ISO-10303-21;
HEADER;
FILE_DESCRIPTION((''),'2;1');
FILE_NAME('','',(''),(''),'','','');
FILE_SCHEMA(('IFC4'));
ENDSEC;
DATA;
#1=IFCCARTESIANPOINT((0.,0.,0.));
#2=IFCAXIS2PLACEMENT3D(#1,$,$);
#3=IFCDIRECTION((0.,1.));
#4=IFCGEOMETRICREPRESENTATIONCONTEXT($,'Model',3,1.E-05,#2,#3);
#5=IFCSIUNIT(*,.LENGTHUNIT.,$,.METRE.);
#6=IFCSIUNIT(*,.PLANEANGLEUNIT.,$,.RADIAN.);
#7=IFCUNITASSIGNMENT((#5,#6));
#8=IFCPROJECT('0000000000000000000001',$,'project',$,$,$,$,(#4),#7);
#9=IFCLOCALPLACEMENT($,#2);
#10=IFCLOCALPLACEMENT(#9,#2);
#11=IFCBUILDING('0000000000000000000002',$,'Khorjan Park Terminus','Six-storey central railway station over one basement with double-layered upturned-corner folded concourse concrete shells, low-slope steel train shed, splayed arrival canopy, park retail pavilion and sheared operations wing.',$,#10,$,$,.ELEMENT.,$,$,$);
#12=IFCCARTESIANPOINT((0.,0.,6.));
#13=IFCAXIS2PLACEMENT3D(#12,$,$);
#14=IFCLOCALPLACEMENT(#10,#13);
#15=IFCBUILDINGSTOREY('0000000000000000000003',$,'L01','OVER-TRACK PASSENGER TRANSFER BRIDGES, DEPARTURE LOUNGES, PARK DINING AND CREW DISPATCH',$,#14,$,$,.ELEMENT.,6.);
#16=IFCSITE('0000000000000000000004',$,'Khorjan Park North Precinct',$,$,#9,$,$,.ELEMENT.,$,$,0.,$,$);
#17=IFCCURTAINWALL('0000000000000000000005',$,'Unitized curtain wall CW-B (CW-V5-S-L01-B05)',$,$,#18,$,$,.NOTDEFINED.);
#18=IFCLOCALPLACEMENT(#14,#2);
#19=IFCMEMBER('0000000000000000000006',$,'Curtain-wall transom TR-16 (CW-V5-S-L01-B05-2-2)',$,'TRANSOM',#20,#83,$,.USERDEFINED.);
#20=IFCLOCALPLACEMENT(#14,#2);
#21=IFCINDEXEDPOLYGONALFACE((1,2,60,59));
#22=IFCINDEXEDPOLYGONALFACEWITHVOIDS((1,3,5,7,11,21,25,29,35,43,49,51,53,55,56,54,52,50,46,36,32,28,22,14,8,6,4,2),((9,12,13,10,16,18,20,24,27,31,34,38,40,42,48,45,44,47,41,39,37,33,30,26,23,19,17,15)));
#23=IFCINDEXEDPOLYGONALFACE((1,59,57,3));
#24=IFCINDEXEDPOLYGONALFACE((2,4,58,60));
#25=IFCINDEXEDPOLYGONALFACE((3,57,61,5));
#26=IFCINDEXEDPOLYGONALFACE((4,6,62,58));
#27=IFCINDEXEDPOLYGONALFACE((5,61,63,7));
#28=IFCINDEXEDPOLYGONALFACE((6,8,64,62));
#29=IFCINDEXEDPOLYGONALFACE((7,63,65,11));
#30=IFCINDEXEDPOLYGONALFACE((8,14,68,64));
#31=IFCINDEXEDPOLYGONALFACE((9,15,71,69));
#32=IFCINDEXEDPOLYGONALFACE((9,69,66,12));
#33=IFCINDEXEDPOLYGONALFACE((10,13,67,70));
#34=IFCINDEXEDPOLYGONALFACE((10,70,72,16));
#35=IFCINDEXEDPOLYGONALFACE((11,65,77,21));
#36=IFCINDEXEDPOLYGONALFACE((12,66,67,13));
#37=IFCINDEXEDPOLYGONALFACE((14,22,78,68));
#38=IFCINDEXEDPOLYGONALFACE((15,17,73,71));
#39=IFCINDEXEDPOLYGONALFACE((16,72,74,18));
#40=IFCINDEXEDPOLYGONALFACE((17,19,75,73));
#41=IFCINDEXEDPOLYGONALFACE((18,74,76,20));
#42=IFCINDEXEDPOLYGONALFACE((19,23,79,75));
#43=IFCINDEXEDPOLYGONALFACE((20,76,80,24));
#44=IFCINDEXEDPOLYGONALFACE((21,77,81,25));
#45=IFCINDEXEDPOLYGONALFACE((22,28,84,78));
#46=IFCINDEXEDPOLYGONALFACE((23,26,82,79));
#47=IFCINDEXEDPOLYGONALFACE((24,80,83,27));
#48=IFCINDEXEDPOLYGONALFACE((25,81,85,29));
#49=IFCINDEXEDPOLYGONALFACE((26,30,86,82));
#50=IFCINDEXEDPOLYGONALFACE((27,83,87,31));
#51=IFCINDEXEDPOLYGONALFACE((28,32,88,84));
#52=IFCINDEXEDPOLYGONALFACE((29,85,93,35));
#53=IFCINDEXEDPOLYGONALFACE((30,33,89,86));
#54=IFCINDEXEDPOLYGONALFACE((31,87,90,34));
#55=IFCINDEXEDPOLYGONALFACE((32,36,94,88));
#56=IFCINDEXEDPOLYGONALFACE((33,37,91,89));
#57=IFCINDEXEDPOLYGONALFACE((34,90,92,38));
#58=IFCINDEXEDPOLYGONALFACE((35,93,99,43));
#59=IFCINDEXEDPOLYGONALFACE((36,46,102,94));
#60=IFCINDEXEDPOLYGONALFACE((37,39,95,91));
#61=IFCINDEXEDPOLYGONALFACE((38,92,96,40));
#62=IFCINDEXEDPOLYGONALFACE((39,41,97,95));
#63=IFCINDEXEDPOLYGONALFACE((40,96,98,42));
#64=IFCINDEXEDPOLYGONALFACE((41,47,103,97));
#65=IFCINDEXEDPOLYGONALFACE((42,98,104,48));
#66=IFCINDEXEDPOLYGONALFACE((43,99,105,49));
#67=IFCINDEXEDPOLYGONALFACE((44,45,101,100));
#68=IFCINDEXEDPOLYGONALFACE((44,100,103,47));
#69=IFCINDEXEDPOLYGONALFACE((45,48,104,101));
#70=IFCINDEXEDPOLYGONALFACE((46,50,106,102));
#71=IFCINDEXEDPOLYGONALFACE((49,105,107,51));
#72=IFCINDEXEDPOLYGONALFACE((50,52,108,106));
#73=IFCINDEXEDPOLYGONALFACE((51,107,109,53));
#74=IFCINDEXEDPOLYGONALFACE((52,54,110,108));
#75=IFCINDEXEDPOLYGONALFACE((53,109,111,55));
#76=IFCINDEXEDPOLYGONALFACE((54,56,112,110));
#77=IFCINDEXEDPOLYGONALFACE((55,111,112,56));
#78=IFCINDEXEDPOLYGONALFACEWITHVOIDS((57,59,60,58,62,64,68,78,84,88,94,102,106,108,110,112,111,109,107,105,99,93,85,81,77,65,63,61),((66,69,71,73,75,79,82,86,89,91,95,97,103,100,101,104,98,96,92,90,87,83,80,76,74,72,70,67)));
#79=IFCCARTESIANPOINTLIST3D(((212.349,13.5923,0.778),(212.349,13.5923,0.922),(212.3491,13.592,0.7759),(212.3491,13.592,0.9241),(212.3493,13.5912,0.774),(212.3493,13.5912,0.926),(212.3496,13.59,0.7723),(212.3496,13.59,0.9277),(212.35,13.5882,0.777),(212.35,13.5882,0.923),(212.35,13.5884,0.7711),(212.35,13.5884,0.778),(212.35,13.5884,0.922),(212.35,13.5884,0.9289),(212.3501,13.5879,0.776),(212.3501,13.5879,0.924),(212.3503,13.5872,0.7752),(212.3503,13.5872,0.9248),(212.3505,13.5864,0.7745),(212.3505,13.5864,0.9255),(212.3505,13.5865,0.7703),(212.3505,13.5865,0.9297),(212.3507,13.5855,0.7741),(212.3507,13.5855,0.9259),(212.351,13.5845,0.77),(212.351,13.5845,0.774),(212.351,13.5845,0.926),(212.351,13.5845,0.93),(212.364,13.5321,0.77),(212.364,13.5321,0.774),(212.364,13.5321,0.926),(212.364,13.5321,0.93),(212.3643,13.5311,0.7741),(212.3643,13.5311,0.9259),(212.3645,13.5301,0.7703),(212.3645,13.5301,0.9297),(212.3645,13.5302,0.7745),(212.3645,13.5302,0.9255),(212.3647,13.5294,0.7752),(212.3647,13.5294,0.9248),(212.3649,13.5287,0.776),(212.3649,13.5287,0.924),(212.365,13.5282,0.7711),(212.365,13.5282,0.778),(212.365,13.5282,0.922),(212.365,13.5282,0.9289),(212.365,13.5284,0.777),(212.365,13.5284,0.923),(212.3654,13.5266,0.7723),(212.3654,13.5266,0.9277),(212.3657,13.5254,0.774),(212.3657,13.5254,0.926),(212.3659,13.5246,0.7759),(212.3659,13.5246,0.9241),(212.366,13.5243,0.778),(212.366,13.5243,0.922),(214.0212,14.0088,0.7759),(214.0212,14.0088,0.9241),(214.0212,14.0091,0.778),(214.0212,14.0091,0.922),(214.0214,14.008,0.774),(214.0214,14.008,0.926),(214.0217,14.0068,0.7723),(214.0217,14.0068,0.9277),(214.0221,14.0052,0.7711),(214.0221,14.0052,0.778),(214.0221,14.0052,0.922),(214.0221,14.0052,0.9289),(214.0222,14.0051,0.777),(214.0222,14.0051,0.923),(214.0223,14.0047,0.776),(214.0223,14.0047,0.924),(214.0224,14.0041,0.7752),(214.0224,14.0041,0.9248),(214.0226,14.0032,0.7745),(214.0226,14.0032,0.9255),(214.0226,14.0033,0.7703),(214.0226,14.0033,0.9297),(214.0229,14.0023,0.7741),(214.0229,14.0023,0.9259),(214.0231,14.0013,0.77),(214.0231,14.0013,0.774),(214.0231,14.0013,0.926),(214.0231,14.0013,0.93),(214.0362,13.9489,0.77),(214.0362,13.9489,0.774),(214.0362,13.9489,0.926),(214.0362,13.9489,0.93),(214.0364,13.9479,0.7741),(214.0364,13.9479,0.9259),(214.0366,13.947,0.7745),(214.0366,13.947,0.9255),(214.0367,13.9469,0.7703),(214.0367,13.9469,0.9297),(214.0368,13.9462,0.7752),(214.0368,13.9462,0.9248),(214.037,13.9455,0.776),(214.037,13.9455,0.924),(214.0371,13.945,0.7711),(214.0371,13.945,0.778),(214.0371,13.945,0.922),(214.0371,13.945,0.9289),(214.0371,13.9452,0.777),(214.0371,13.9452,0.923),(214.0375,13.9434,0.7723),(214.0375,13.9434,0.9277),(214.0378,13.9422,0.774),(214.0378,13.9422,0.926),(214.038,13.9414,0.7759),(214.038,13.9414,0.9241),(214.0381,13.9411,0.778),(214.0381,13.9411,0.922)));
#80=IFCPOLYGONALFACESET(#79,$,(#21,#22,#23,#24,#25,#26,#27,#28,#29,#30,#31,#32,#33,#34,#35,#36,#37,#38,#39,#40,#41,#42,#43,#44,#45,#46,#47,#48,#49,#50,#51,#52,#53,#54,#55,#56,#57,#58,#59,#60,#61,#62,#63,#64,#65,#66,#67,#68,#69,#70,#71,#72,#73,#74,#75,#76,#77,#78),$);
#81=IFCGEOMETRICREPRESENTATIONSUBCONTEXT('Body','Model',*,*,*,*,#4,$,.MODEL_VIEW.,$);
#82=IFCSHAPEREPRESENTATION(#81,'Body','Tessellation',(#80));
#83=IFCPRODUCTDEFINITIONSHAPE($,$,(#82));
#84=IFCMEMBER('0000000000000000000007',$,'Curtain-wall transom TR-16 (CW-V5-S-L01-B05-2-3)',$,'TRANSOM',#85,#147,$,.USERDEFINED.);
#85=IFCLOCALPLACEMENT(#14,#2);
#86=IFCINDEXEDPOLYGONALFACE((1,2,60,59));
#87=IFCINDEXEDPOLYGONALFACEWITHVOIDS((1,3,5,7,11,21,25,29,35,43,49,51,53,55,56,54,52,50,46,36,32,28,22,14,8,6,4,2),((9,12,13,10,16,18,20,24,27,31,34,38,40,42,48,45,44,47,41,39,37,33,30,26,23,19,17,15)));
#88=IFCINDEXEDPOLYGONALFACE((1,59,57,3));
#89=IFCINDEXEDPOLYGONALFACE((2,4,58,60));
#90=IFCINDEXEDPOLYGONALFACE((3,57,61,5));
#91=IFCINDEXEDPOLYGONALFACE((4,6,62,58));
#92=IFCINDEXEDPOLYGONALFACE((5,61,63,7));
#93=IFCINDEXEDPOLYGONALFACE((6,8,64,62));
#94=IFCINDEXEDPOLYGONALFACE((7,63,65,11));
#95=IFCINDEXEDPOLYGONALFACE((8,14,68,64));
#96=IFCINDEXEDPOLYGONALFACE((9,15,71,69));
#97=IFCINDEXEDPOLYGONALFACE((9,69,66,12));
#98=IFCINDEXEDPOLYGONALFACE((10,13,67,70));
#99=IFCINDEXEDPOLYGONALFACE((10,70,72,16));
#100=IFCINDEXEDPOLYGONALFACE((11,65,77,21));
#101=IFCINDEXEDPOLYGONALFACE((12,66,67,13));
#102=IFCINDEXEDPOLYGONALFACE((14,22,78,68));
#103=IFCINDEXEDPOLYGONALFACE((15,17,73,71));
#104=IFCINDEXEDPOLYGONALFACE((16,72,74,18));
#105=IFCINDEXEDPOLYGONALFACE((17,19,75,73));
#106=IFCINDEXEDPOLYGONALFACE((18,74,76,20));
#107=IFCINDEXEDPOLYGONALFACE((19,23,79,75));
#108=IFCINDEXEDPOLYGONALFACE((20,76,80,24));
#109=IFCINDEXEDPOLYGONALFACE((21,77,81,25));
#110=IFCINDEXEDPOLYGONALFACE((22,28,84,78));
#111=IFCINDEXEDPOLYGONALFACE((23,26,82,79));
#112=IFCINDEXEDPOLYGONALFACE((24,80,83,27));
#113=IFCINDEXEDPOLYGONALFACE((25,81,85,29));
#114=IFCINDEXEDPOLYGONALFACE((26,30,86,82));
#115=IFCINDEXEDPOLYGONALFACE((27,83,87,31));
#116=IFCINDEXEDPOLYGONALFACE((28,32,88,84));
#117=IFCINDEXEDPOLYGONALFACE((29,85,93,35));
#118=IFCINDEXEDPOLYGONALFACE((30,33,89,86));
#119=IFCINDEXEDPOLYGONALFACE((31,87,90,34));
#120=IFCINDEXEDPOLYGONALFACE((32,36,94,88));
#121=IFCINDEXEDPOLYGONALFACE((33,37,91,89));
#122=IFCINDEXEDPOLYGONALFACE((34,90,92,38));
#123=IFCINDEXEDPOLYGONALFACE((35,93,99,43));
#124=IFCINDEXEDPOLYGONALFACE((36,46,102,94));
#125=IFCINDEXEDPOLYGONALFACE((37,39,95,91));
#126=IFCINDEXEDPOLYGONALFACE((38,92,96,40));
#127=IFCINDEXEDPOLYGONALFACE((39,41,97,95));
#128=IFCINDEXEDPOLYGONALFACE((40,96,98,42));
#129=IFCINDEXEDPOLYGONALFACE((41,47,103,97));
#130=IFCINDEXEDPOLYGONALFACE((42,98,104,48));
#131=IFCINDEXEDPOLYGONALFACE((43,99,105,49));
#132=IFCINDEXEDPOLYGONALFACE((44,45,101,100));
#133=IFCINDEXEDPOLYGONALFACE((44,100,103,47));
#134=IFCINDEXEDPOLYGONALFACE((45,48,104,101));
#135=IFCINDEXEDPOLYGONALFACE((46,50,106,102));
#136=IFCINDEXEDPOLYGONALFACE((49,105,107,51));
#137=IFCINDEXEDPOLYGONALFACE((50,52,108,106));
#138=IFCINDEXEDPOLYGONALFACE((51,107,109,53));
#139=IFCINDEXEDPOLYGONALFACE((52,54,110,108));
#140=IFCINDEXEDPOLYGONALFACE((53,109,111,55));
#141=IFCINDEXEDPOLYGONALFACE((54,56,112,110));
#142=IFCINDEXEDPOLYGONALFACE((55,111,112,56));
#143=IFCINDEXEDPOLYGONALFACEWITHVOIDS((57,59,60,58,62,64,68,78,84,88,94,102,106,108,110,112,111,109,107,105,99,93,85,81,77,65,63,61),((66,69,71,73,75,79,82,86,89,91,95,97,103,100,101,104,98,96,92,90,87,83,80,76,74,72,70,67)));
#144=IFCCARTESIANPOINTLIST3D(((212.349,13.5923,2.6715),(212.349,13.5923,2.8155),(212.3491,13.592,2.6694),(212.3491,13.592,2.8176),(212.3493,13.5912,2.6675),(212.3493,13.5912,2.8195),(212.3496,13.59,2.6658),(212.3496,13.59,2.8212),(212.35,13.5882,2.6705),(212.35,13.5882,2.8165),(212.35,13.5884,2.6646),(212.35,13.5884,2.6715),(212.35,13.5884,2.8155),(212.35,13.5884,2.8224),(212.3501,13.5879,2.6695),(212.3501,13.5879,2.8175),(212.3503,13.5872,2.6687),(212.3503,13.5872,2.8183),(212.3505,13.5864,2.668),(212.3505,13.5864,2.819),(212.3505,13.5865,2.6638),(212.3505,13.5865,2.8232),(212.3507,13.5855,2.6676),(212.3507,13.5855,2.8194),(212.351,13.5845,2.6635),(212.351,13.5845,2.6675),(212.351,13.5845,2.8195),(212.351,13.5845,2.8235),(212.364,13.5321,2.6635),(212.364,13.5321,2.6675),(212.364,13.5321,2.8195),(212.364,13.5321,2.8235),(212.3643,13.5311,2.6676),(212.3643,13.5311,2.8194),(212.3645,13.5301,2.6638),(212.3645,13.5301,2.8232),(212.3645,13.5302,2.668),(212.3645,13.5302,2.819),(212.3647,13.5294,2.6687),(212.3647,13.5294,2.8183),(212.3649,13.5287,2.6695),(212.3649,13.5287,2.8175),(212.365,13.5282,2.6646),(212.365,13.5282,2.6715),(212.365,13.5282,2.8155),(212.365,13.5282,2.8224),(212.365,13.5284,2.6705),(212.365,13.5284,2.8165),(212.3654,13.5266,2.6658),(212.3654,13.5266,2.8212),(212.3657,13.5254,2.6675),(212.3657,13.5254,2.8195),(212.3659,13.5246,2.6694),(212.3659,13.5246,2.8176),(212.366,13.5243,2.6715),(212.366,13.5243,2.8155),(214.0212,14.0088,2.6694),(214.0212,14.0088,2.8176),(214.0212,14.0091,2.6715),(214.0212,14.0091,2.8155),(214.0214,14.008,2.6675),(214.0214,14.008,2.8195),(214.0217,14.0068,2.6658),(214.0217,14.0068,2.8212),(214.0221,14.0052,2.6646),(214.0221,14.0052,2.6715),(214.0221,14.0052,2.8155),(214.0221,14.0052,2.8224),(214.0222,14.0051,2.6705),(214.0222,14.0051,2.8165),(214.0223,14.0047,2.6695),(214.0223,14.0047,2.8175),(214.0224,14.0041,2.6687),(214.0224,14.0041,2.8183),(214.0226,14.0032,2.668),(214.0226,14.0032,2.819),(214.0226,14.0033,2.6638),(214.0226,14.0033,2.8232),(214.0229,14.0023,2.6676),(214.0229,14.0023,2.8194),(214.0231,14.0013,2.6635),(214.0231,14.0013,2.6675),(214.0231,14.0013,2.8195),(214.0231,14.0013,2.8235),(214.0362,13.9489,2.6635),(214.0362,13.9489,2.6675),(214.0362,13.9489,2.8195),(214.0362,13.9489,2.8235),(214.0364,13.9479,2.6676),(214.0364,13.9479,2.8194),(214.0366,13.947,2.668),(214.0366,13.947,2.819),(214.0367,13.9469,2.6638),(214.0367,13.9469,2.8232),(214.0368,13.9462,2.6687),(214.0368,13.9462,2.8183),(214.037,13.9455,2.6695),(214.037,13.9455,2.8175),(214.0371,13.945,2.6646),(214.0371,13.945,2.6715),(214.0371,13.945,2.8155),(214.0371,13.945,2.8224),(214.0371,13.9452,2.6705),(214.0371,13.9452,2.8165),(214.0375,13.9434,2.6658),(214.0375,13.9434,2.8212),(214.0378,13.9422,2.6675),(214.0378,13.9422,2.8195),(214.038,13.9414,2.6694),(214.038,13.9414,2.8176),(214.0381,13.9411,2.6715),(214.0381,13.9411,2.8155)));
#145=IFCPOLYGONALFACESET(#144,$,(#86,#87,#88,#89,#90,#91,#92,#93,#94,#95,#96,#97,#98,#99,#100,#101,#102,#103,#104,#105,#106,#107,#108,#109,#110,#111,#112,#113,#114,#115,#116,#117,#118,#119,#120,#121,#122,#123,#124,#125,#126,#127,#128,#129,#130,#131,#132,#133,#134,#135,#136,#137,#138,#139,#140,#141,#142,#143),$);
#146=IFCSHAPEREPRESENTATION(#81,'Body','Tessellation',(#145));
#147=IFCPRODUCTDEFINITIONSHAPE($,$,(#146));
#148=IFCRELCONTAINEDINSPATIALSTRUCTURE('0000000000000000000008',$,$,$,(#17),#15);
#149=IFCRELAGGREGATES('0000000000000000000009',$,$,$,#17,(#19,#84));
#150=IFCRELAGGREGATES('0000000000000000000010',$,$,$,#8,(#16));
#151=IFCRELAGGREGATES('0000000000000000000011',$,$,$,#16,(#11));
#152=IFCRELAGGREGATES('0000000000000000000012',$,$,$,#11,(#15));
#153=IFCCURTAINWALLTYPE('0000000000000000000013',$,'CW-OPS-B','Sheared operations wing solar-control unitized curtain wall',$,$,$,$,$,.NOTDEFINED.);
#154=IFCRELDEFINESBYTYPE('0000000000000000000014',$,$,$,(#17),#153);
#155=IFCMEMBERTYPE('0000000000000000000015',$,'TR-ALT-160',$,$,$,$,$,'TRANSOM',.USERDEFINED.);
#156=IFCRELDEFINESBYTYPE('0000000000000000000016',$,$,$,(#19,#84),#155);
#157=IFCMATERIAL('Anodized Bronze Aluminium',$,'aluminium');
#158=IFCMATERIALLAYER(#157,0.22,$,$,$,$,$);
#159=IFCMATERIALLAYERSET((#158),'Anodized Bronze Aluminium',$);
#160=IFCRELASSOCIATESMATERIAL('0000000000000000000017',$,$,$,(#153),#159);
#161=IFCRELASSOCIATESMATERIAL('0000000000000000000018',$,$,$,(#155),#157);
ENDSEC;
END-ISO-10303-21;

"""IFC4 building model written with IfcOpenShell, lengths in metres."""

from ifc_helpers import new_model, si_unit, direction, frame, origin, origin_2d, place, context, subcontext, project, spatial, hollow_rectangle, extrude, material, layer, layer_set, material_profile, profile_set, type_object, element, aggregate, save


model = new_model("IFC4")

# Units and contexts
model_context = context("Model", 3, precision=1e-05, world=origin(), true_north=direction((0.0, 1.0)))
body_context = subcontext(model_context, "Body", "Model", "MODEL_VIEW")
ifc_project = project(units=[si_unit("LENGTHUNIT", "METRE"), si_unit("PLANEANGLEUNIT", "RADIAN")], contexts=[model_context])

# Site, building, storey
site_placement = place(None, origin())
site = spatial("IfcSite", under=ifc_project, at=site_placement, Name="Khorjan Park North Precinct", CompositionType="ELEMENT", RefElevation=0.0)
building_placement = place(site_placement, origin())
building = spatial("IfcBuilding", under=site, at=building_placement, Name="Khorjan Park Terminus", Description="Six-storey central railway station over one basement with double-layered upturned-corner folded concourse concrete shells, low-slope steel train shed, splayed arrival canopy, park retail pavilion and sheared operations wing.", CompositionType="ELEMENT")
storey_placement = place(building_placement, frame((0.0, 0.0, 6.0)))
storey = spatial("IfcBuildingStorey", under=building, at=storey_placement, Name="L01", Description="OVER-TRACK PASSENGER TRANSFER BRIDGES, DEPARTURE LOUNGES, PARK DINING AND CREW DISPATCH", CompositionType="ELEMENT", Elevation=6.0)

# Curtain wall, members
ifc_material_1 = material(Name="Anodized Bronze Aluminium", Category="aluminium")
ifc_layer_1 = layer(ifc_material_1, 0.22)
ifc_layer_set_1 = layer_set([ifc_layer_1], Name="Anodized Bronze Aluminium")
curtain_wall_type = type_object("IfcCurtainWallType", Name="CW-OPS-B", Description="Sheared operations wing solar-control unitized curtain wall", PredefinedType="NOTDEFINED", material=ifc_layer_set_1)
curtain_wall_placement = place(storey_placement, origin())
curtain_wall = element("IfcCurtainWall", 1, at=curtain_wall_placement, inside=storey, type_object=curtain_wall_type, Name="Unitized curtain wall CW-B (CW-V5-S-L01-B05)", PredefinedType="NOTDEFINED")
ifc_material_profile_1 = material_profile(ifc_material_1, hollow_rectangle(XDim=0.07, YDim=0.16, WallThickness=0.004, InnerFilletRadius=0.004, OuterFilletRadius=0.008, at=origin_2d()), Name="ALT 70x160x4")
ifc_profile_set_1 = profile_set([ifc_material_profile_1], Name="Anodized Bronze Aluminium")
member_type_1 = type_object("IfcMemberType", Name="TR-ALT-160", ElementType="TRANSOM", PredefinedType="USERDEFINED", material=ifc_profile_set_1)
member_1_placement = place(storey_placement, frame((212.3575, 13.5583, 0.85), z_axis=(0.97031, 0.241867, 0.0), x_axis=(-0.241867, 0.97031, 0.0)))
member_1 = element("IfcMember", 2, at=member_1_placement, type_object=member_type_1, Name="Curtain-wall transom TR-16 (CW-V5-S-L01-B05-2-2)", ObjectType="TRANSOM", PredefinedType="USERDEFINED", context=body_context, shape_type="SweptSolid", body=[
    extrude(hollow_rectangle(XDim=0.07, YDim=0.16, WallThickness=0.004, InnerFilletRadius=0.004, OuterFilletRadius=0.008, at=origin_2d()), origin(), (0.0, 0.0, 1.0), 1.7233),
])
member_2_placement = place(storey_placement, frame((212.3575, 13.5583, 2.7435), z_axis=(0.97031, 0.241867, 0.0), x_axis=(-0.241867, 0.97031, 0.0)))
member_2 = element("IfcMember", 3, at=member_2_placement, type_object=member_type_1, Name="Curtain-wall transom TR-16 (CW-V5-S-L01-B05-2-3)", ObjectType="TRANSOM", PredefinedType="USERDEFINED", context=body_context, shape_type="SweptSolid", body=[
    extrude(hollow_rectangle(XDim=0.07, YDim=0.16, WallThickness=0.004, InnerFilletRadius=0.004, OuterFilletRadius=0.008, at=origin_2d()), origin(), (0.0, 0.0, 1.0), 1.7233),
])
aggregate(curtain_wall, [member_1, member_2])

save(model, "model.ifc")
